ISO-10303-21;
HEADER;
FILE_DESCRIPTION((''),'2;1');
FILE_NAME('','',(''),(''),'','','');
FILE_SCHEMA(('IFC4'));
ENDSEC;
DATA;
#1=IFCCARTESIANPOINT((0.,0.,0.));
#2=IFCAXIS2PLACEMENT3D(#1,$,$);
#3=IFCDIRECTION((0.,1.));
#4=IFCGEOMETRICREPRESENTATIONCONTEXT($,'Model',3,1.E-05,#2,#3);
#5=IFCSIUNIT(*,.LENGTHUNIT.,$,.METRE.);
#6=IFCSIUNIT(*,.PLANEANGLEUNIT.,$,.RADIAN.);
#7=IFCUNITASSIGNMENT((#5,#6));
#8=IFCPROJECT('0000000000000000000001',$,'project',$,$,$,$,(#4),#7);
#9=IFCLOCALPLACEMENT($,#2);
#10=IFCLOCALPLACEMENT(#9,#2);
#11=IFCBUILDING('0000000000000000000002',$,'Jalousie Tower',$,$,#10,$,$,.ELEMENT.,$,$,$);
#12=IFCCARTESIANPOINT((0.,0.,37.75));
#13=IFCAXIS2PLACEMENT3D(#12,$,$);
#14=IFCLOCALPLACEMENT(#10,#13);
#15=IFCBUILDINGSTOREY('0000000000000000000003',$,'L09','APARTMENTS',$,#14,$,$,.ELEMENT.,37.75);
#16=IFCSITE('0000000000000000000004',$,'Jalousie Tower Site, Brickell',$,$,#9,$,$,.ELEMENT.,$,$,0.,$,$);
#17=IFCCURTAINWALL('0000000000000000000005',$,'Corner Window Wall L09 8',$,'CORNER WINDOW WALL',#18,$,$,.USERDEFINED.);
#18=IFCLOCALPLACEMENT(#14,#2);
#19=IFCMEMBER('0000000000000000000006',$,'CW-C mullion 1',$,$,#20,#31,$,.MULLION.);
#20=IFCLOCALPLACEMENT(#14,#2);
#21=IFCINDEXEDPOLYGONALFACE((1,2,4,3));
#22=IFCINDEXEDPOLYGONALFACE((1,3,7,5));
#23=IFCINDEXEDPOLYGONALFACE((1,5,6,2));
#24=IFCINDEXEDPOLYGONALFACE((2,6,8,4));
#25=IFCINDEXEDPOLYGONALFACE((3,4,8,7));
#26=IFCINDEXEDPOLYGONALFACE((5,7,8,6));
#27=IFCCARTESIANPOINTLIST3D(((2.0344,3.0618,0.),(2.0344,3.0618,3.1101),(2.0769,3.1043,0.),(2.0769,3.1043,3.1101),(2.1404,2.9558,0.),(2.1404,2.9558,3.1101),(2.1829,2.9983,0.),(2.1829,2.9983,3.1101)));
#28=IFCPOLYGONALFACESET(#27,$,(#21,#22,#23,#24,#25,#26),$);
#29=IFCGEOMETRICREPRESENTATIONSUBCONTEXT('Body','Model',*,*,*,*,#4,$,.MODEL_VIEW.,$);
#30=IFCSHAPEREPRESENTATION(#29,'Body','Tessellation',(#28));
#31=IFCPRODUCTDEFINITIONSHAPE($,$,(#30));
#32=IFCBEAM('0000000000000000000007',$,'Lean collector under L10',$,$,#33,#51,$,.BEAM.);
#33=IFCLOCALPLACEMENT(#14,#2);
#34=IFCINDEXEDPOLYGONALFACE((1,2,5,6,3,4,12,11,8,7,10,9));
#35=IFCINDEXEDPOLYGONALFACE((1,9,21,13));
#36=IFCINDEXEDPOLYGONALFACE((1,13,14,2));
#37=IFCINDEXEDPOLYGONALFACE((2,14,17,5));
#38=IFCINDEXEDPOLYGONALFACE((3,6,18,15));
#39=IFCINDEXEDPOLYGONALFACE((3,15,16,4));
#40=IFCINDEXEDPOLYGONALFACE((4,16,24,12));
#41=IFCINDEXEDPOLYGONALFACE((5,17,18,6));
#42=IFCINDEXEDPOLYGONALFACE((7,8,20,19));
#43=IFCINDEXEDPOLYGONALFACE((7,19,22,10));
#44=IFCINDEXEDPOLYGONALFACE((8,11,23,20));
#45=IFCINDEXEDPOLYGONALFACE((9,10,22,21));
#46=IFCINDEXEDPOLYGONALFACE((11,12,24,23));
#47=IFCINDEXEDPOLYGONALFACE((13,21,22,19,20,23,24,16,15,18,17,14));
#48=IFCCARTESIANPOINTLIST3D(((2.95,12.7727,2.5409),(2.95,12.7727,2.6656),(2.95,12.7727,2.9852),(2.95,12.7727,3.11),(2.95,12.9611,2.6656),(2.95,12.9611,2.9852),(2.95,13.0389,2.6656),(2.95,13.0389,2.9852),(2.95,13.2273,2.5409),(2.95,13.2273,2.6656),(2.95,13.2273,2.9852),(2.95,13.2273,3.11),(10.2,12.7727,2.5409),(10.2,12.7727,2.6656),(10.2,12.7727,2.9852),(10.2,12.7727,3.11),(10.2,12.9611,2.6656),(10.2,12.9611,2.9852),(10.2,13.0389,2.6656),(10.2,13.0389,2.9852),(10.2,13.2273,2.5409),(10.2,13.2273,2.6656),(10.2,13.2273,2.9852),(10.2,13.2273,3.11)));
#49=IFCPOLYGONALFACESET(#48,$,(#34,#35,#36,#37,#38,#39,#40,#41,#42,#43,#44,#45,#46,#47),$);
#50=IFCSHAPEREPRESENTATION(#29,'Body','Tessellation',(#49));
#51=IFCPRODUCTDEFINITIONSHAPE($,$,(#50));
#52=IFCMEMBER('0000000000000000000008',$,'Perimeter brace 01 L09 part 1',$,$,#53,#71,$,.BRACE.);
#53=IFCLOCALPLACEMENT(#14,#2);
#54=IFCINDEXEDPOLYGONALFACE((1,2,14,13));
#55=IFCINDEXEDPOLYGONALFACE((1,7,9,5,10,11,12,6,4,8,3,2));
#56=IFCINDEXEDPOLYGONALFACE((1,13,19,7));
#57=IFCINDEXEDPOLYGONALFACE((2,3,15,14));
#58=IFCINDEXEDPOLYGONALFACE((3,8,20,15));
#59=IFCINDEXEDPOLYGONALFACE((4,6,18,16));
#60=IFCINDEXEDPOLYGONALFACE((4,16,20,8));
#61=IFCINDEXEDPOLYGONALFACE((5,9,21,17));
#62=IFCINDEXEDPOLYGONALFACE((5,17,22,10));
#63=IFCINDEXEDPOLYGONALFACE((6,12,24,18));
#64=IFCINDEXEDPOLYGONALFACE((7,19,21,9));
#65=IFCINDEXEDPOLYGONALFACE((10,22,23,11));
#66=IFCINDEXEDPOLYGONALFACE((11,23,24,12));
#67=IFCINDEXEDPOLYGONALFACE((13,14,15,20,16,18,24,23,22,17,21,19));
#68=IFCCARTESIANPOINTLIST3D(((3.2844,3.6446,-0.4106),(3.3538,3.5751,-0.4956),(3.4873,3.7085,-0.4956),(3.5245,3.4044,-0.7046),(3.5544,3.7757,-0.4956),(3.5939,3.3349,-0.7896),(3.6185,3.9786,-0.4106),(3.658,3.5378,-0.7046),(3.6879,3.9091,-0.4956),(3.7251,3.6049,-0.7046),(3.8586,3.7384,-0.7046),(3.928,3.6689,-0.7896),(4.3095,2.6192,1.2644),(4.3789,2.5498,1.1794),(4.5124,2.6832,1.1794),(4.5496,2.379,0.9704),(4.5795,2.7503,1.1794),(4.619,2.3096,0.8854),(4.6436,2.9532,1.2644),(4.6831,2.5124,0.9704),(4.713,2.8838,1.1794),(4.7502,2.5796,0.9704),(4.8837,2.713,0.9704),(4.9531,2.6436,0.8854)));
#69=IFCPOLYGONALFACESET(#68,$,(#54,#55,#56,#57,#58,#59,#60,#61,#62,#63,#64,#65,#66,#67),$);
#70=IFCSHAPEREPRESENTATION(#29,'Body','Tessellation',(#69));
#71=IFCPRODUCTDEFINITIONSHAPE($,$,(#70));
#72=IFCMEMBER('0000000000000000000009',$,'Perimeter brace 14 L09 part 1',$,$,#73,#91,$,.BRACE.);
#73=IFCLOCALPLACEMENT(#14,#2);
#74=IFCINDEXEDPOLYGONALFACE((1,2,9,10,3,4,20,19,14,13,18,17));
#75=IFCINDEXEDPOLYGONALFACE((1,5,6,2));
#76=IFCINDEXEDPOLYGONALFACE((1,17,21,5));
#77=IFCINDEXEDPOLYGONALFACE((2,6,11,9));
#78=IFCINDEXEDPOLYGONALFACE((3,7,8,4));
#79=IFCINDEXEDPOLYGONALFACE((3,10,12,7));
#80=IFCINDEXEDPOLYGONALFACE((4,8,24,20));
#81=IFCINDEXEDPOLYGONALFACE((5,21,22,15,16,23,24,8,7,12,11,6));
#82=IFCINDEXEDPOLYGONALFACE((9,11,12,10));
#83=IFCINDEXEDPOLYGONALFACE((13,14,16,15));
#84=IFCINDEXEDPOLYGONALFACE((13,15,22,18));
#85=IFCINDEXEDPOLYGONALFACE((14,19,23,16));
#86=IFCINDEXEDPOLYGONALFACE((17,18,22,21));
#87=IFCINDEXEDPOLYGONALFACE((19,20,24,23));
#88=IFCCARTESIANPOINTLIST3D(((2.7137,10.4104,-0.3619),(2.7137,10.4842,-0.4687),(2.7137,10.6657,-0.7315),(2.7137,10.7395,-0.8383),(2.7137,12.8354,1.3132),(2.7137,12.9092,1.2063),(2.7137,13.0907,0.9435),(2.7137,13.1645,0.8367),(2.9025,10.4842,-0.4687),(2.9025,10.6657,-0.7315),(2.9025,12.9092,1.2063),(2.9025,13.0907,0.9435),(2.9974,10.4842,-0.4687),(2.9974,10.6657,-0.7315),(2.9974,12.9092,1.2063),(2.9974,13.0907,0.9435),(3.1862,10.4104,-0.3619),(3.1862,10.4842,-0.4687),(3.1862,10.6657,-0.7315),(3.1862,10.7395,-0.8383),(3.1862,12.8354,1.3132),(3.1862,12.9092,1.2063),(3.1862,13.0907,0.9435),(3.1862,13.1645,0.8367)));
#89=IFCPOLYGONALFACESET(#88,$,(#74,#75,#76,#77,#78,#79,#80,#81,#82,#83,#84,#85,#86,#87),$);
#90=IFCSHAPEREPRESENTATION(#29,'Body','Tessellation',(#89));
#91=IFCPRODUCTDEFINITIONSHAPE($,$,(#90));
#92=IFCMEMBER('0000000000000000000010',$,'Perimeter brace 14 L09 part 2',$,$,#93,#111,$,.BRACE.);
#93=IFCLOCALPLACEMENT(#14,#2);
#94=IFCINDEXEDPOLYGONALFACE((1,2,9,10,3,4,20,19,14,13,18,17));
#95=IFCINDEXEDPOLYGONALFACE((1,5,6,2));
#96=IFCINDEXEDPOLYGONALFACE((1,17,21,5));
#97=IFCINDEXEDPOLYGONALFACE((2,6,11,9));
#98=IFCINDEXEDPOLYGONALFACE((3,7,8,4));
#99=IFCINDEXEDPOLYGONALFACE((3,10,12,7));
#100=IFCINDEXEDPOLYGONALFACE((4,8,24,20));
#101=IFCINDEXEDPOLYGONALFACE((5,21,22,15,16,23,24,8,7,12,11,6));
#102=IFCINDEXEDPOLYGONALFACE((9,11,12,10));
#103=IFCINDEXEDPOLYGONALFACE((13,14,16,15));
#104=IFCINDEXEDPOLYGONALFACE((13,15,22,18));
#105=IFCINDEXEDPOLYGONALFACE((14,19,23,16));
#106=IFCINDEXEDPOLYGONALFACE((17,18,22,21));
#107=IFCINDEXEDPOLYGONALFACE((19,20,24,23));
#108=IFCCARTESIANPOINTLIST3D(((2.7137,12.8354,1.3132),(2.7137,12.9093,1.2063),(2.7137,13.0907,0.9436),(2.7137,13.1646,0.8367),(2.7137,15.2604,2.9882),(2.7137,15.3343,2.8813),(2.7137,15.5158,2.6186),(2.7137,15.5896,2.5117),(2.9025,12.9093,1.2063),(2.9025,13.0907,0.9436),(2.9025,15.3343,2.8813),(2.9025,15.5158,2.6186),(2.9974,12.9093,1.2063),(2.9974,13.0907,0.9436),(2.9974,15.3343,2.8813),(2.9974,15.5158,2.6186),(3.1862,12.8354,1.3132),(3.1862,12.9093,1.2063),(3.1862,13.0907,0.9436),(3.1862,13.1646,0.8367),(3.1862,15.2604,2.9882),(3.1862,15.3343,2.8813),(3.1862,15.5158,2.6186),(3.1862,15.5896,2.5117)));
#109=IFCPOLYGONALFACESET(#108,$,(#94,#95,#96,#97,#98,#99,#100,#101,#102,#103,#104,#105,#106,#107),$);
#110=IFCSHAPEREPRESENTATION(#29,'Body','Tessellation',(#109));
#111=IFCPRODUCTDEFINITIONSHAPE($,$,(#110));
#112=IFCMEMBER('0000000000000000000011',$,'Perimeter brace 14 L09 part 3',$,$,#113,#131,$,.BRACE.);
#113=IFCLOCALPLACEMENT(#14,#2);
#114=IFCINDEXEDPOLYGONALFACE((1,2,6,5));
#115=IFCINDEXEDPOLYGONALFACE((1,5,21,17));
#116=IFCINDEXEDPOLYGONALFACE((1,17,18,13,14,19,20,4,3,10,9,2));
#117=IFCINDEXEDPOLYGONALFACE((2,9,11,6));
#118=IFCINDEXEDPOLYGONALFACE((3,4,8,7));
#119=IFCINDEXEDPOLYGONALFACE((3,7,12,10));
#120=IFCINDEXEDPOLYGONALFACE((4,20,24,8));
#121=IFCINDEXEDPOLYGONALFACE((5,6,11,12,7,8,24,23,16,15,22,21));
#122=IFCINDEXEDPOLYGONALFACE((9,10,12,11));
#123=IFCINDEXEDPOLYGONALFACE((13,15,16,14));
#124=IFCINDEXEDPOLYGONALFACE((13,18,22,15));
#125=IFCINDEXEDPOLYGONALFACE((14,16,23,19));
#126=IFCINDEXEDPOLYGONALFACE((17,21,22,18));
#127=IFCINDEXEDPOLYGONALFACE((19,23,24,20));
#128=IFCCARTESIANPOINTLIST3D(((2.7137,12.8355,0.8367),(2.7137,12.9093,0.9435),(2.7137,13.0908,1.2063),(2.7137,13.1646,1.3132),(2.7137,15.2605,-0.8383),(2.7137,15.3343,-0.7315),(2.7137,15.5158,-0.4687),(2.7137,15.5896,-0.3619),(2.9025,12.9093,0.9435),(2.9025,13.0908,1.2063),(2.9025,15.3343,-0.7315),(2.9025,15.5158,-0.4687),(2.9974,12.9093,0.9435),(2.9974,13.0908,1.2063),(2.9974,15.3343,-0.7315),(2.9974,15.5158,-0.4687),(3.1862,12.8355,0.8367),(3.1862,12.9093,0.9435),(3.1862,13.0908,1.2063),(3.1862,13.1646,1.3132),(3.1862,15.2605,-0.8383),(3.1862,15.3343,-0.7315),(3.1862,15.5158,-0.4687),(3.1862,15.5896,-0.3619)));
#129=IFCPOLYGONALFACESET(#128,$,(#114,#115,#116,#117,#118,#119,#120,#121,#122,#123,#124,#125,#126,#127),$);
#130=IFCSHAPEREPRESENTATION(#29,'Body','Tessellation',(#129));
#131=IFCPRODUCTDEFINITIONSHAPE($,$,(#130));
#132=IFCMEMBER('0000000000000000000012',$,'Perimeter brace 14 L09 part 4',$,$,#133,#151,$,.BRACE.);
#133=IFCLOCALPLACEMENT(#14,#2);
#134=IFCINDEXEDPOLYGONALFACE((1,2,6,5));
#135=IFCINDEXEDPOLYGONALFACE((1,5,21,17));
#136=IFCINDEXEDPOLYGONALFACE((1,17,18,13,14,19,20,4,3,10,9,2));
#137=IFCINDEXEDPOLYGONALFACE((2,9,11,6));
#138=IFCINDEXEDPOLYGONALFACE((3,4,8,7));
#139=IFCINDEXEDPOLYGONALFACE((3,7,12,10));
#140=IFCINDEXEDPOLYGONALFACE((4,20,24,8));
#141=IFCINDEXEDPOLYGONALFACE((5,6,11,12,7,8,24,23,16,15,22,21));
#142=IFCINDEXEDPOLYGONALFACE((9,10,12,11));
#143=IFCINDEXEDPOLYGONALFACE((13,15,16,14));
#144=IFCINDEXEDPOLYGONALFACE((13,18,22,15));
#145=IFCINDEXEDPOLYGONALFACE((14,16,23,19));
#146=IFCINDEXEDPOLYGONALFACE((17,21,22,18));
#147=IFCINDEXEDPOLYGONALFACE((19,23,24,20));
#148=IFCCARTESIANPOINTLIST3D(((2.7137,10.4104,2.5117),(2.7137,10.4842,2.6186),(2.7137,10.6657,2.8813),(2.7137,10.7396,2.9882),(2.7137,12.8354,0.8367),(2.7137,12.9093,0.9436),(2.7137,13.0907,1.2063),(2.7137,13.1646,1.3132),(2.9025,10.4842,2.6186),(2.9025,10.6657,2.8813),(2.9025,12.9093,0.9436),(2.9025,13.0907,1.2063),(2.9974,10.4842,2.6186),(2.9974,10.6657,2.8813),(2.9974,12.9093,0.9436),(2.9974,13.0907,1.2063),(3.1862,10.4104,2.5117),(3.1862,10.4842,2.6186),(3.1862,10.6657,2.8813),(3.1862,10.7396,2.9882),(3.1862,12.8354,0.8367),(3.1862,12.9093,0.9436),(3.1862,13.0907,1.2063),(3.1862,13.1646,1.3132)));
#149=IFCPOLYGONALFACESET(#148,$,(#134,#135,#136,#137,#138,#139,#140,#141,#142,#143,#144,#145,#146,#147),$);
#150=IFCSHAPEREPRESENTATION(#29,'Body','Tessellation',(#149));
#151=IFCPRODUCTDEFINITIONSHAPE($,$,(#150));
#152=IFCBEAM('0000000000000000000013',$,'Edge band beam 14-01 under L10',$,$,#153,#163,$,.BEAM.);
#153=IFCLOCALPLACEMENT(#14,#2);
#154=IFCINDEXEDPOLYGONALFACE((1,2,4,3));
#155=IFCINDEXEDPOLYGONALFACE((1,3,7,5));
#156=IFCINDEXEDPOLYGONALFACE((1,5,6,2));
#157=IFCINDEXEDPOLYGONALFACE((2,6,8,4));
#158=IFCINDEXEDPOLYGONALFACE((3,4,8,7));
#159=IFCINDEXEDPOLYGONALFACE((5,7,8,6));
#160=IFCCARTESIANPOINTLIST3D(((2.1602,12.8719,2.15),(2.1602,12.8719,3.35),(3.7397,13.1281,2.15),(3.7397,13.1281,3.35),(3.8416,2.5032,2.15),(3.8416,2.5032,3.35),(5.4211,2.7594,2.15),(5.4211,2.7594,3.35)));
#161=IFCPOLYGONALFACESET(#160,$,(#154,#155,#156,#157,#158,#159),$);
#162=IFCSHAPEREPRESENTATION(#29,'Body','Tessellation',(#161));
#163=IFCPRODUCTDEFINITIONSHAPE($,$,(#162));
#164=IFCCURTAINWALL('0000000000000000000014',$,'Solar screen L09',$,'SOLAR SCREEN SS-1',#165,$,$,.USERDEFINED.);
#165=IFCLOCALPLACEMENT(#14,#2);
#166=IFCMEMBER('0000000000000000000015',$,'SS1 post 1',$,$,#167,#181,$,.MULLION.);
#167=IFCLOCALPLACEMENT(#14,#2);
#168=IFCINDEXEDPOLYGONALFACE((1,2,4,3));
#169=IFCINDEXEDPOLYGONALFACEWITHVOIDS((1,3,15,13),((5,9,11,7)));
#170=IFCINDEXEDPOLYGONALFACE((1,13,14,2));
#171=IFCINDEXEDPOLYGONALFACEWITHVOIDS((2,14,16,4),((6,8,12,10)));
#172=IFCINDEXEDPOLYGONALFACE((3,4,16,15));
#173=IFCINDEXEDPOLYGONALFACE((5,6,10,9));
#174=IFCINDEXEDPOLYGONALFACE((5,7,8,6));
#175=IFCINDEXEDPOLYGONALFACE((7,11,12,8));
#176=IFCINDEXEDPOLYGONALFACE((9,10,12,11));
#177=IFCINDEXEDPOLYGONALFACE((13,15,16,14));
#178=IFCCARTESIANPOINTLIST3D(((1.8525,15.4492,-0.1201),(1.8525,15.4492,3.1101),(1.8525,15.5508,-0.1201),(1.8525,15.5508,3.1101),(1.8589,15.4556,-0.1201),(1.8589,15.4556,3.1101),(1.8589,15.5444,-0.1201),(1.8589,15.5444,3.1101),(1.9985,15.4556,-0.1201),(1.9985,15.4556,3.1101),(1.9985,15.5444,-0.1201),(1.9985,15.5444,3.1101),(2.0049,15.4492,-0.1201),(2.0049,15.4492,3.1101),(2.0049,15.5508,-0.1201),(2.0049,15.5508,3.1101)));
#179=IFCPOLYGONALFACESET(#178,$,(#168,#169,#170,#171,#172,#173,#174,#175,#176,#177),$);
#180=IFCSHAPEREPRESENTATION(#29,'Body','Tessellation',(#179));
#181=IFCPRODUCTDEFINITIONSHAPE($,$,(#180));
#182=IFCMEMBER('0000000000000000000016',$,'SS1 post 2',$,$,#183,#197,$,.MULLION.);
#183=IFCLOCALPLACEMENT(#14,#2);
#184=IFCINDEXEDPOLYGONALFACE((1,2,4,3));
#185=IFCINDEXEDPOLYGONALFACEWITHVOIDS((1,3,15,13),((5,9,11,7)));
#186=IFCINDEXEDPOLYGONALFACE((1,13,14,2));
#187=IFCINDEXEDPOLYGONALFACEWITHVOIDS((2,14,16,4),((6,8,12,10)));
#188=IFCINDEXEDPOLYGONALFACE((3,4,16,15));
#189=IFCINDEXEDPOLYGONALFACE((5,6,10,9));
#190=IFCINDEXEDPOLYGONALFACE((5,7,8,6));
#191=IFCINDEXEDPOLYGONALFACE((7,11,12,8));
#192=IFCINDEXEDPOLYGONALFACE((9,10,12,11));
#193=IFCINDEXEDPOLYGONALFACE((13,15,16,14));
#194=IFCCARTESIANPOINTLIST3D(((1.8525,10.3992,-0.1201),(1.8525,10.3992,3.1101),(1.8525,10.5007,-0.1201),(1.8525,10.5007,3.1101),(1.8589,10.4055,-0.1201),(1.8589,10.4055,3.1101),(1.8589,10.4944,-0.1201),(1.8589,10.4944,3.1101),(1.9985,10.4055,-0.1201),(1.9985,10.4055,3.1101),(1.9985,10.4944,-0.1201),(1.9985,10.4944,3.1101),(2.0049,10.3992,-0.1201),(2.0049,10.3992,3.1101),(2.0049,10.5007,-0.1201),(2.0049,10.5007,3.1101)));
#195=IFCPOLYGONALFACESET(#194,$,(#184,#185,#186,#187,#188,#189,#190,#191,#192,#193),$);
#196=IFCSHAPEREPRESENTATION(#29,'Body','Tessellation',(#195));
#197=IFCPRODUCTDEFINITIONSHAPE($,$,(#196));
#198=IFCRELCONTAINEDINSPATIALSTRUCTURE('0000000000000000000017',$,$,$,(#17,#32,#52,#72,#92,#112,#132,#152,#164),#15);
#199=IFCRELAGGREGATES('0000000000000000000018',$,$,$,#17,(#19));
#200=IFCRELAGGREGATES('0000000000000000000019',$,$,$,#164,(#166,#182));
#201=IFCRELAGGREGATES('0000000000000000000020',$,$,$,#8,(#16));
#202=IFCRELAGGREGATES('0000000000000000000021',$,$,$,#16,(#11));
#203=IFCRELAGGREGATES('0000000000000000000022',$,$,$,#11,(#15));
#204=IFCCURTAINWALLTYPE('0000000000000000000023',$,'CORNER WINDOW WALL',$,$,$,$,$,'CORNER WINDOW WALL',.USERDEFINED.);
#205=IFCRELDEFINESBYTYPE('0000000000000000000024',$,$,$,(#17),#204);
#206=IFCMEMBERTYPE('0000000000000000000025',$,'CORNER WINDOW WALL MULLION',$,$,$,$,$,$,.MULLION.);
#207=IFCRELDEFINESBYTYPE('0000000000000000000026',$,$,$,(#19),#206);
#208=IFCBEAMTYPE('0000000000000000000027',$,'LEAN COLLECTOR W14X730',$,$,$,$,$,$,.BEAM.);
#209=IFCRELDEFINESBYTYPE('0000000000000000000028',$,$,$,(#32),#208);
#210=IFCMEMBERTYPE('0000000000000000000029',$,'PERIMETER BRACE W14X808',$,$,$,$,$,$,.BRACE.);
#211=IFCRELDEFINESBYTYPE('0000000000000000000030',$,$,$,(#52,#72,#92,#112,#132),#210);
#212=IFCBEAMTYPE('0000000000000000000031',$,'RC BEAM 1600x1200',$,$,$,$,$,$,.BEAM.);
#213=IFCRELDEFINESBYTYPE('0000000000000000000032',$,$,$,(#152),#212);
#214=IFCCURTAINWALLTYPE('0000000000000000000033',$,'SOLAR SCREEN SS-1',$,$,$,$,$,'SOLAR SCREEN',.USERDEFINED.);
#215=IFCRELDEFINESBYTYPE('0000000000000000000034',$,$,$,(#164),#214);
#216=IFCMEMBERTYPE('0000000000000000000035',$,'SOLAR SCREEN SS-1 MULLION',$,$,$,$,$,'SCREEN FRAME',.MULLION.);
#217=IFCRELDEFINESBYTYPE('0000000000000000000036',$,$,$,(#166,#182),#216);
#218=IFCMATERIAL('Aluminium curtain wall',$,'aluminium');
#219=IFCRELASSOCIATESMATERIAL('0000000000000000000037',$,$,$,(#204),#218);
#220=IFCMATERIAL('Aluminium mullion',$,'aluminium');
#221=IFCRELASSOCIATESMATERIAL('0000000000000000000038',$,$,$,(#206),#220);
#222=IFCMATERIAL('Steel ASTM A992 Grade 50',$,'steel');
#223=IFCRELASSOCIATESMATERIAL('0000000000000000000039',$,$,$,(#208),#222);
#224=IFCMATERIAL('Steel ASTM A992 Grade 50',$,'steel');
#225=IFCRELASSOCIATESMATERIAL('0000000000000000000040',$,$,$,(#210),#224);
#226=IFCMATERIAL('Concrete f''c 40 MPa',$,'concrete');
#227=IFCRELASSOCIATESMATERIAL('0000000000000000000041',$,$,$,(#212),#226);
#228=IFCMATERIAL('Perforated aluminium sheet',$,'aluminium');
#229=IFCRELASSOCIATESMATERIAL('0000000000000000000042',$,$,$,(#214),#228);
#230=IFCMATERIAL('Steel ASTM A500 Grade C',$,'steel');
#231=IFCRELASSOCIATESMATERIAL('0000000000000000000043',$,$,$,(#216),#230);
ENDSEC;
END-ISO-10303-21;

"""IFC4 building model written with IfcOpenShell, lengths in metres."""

from ifc_helpers import new_model, si_unit, direction, frame, origin, origin_2d, place, context, subcontext, project, spatial, rectangle, hollow_rectangle, i_section, extrude, material, material_profile, profile_set, type_object, element, aggregate, save


model = new_model("IFC4")

# Units and contexts
model_context = context("Model", 3, precision=1e-05, world=origin(), true_north=direction((0.0, 1.0)))
body_context = subcontext(model_context, "Body", "Model", "MODEL_VIEW")
ifc_project = project(units=[si_unit("LENGTHUNIT", "METRE"), si_unit("PLANEANGLEUNIT", "RADIAN")], contexts=[model_context])

# Site, building, storey
site_placement = place(None, origin())
site = spatial("IfcSite", under=ifc_project, at=site_placement, Name="Jalousie Tower Site, Brickell", CompositionType="ELEMENT", RefElevation=0.0)
building_placement = place(site_placement, origin())
building = spatial("IfcBuilding", under=site, at=building_placement, Name="Jalousie Tower", CompositionType="ELEMENT")
storey_placement = place(building_placement, frame((0.0, 0.0, 37.75)))
storey = spatial("IfcBuildingStorey", under=building, at=storey_placement, Name="L09", Description="APARTMENTS", CompositionType="ELEMENT", Elevation=37.75)

# Curtain wall, member
ifc_material_1 = material(Name="Aluminium curtain wall", Category="aluminium")
curtain_wall_type_1 = type_object("IfcCurtainWallType", Name="CORNER WINDOW WALL", ElementType="CORNER WINDOW WALL", PredefinedType="USERDEFINED", material=ifc_material_1)
curtain_wall_1_placement = place(storey_placement, origin())
curtain_wall_1 = element("IfcCurtainWall", 1, at=curtain_wall_1_placement, inside=storey, type_object=curtain_wall_type_1, Name="Corner Window Wall L09 8", ObjectType="CORNER WINDOW WALL", PredefinedType="USERDEFINED")
ifc_material_2 = material(Name="Aluminium mullion", Category="aluminium")
ifc_material_profile_1 = material_profile(ifc_material_2, rectangle(XDim=0.0601, YDim=0.1499, at=origin_2d()), Name="MULLION 60x150")
ifc_profile_set_1 = profile_set([ifc_material_profile_1], Name="Aluminium mullion")
member_type_1 = type_object("IfcMemberType", Name="CORNER WINDOW WALL MULLION", PredefinedType="MULLION", material=ifc_profile_set_1)
member_1_placement = place(storey_placement, frame((2.1086, 3.03, 0.0), z_axis=(0.0, 0.0, 1.0), x_axis=(0.707107, 0.707107, 0.0)))
member_1 = element("IfcMember", 2, at=member_1_placement, type_object=member_type_1, Name="CW-C mullion 1", PredefinedType="MULLION", context=body_context, shape_type="SweptSolid", body=[
    extrude(rectangle(XDim=0.0601, YDim=0.1499, at=origin_2d()), origin(), (0.0, 0.0, 1.0), 3.1101),
])
aggregate(curtain_wall_1, [member_1])

# Beam
ifc_material_3 = material(Name="Steel ASTM A992 Grade 50", Category="steel")
ifc_material_profile_2 = material_profile(ifc_material_3, i_section(OverallWidth=0.4546, OverallDepth=0.5691, WebThickness=0.0779, FlangeThickness=0.1248, at=origin_2d()), Name="W14X730")
ifc_profile_set_2 = profile_set([ifc_material_profile_2], Name="Steel ASTM A992 Grade 50")
beam_type_1 = type_object("IfcBeamType", Name="LEAN COLLECTOR W14X730", PredefinedType="BEAM", material=ifc_profile_set_2)
beam_1_placement = place(storey_placement, frame((2.95, 13.0, 2.8254), z_axis=(1.0, 0.0, 0.0), x_axis=(0.0, 1.0, 0.0)))
element("IfcBeam", 3, at=beam_1_placement, inside=storey, type_object=beam_type_1, Name="Lean collector under L10", PredefinedType="BEAM", context=body_context, shape_type="SweptSolid", body=[
    extrude(i_section(OverallWidth=0.4546, OverallDepth=0.5691, WebThickness=0.0779, FlangeThickness=0.1248, at=origin_2d()), origin(), (0.0, 0.0, 1.0), 7.25),
])

# Members
ifc_material_4 = material(Name="Steel ASTM A992 Grade 50", Category="steel")
ifc_material_profile_3 = material_profile(ifc_material_4, i_section(OverallWidth=0.4724, OverallDepth=0.5791, WebThickness=0.095, FlangeThickness=0.1299, at=origin_2d()), Name="W14X808")
ifc_profile_set_3 = profile_set([ifc_material_profile_3], Name="Steel ASTM A992 Grade 50")
member_type_2 = type_object("IfcMemberType", Name="PERIMETER BRACE W14X808", PredefinedType="BRACE", material=ifc_profile_set_3)
member_2_placement = place(storey_placement, frame((3.6062, 3.6567, -0.6001), z_axis=(0.46273, -0.46284, 0.756082), x_axis=(0.707191, 0.707023, 0.0)))
element("IfcMember", 4, at=member_2_placement, inside=storey, type_object=member_type_2, Name="Perimeter brace 01 L09 part 1", PredefinedType="BRACE", context=body_context, shape_type="SweptSolid", body=[
    extrude(i_section(OverallWidth=0.4724, OverallDepth=0.5791, WebThickness=0.095, FlangeThickness=0.1299, at=origin_2d()), origin(), (0.0, 0.0, 1.0), 2.2153),
])
for number, where, z_axis, x_axis, name in (
    (5, (2.95, 10.575, -0.6001), (0.0, 0.8228, 0.568331), (-1.0, 0.0, 0.0), "Perimeter brace 14 L09 part 1"),
    (6, (2.95, 13.0, 1.075), (0.0, 0.8228, 0.568331), (-1.0, 0.0, 0.0), "Perimeter brace 14 L09 part 2"),
    (7, (2.95, 15.425, -0.6001), (0.0, -0.8228, 0.568331), (1.0, 0.0, 0.0), "Perimeter brace 14 L09 part 3"),
    (8, (2.95, 13.0, 1.075), (0.0, -0.8228, 0.568331), (1.0, 0.0, 0.0), "Perimeter brace 14 L09 part 4"),
):
    element("IfcMember", number, at=place(storey_placement, frame(where, z_axis=z_axis, x_axis=x_axis)), inside=storey, type_object=member_type_2, Name=name, PredefinedType="BRACE", context=body_context, shape_type="SweptSolid", body=[
        extrude(i_section(OverallWidth=0.4724, OverallDepth=0.5791, WebThickness=0.095, FlangeThickness=0.1299, at=origin_2d()), origin(), (0.0, 0.0, 1.0), 2.9473),
    ])

# Beam
ifc_material_5 = material(Name="Concrete f'c 40 MPa", Category="concrete")
ifc_material_profile_4 = material_profile(ifc_material_5, rectangle(XDim=1.6001, YDim=1.2, at=origin_2d()), Name="RC 1600x1200")
ifc_profile_set_4 = profile_set([ifc_material_profile_4], Name="Concrete f'c 40 MPa")
beam_type_2 = type_object("IfcBeamType", Name="RC BEAM 1600x1200", PredefinedType="BEAM", material=ifc_profile_set_4)
beam_2_placement = place(storey_placement, frame((2.95, 13.0, 2.75), z_axis=(0.160071, -0.987106, 0.0), x_axis=(0.987106, 0.160071, 0.0)))
element("IfcBeam", 9, at=beam_2_placement, inside=storey, type_object=beam_type_2, Name="Edge band beam 14-01 under L10", PredefinedType="BEAM", context=body_context, shape_type="SweptSolid", body=[
    extrude(rectangle(XDim=1.6001, YDim=1.2, at=origin_2d()), origin(), (0.0, 0.0, 1.0), 10.5042),
])

# Curtain wall, members
ifc_material_6 = material(Name="Perforated aluminium sheet", Category="aluminium")
curtain_wall_type_2 = type_object("IfcCurtainWallType", Name="SOLAR SCREEN SS-1", ElementType="SOLAR SCREEN", PredefinedType="USERDEFINED", material=ifc_material_6)
curtain_wall_2_placement = place(storey_placement, origin())
curtain_wall_2 = element("IfcCurtainWall", 10, at=curtain_wall_2_placement, inside=storey, type_object=curtain_wall_type_2, Name="Solar screen L09", ObjectType="SOLAR SCREEN SS-1", PredefinedType="USERDEFINED")
ifc_material_7 = material(Name="Steel ASTM A500 Grade C", Category="steel")
ifc_material_profile_5 = material_profile(ifc_material_7, hollow_rectangle(XDim=0.1016, YDim=0.1523, WallThickness=0.0063, at=origin_2d()), Name="HSS6X4X1/4")
ifc_profile_set_5 = profile_set([ifc_material_profile_5], Name="Steel ASTM A500 Grade C")
member_type_3 = type_object("IfcMemberType", Name="SOLAR SCREEN SS-1 MULLION", ElementType="SCREEN FRAME", PredefinedType="MULLION", material=ifc_profile_set_5)
member_3_placement = place(storey_placement, frame((1.9287, 15.5, -0.1201), z_axis=(0.0, 0.0, 1.0), x_axis=(0.0, -1.0, 0.0)))
member_3 = element("IfcMember", 11, at=member_3_placement, type_object=member_type_3, Name="SS1 post 1", PredefinedType="MULLION", context=body_context, shape_type="SweptSolid", body=[
    extrude(hollow_rectangle(XDim=0.1016, YDim=0.1523, WallThickness=0.0063, at=origin_2d()), origin(), (0.0, 0.0, 1.0), 3.2302),
])
member_4_placement = place(storey_placement, frame((1.9287, 10.45, -0.1201), z_axis=(0.0, 0.0, 1.0), x_axis=(0.0, -1.0, 0.0)))
member_4 = element("IfcMember", 12, at=member_4_placement, type_object=member_type_3, Name="SS1 post 2", PredefinedType="MULLION", context=body_context, shape_type="SweptSolid", body=[
    extrude(hollow_rectangle(XDim=0.1016, YDim=0.1523, WallThickness=0.0063, at=origin_2d()), origin(), (0.0, 0.0, 1.0), 3.2302),
])

aggregate(curtain_wall_2, [member_3, member_4])

save(model, "model.ifc")
